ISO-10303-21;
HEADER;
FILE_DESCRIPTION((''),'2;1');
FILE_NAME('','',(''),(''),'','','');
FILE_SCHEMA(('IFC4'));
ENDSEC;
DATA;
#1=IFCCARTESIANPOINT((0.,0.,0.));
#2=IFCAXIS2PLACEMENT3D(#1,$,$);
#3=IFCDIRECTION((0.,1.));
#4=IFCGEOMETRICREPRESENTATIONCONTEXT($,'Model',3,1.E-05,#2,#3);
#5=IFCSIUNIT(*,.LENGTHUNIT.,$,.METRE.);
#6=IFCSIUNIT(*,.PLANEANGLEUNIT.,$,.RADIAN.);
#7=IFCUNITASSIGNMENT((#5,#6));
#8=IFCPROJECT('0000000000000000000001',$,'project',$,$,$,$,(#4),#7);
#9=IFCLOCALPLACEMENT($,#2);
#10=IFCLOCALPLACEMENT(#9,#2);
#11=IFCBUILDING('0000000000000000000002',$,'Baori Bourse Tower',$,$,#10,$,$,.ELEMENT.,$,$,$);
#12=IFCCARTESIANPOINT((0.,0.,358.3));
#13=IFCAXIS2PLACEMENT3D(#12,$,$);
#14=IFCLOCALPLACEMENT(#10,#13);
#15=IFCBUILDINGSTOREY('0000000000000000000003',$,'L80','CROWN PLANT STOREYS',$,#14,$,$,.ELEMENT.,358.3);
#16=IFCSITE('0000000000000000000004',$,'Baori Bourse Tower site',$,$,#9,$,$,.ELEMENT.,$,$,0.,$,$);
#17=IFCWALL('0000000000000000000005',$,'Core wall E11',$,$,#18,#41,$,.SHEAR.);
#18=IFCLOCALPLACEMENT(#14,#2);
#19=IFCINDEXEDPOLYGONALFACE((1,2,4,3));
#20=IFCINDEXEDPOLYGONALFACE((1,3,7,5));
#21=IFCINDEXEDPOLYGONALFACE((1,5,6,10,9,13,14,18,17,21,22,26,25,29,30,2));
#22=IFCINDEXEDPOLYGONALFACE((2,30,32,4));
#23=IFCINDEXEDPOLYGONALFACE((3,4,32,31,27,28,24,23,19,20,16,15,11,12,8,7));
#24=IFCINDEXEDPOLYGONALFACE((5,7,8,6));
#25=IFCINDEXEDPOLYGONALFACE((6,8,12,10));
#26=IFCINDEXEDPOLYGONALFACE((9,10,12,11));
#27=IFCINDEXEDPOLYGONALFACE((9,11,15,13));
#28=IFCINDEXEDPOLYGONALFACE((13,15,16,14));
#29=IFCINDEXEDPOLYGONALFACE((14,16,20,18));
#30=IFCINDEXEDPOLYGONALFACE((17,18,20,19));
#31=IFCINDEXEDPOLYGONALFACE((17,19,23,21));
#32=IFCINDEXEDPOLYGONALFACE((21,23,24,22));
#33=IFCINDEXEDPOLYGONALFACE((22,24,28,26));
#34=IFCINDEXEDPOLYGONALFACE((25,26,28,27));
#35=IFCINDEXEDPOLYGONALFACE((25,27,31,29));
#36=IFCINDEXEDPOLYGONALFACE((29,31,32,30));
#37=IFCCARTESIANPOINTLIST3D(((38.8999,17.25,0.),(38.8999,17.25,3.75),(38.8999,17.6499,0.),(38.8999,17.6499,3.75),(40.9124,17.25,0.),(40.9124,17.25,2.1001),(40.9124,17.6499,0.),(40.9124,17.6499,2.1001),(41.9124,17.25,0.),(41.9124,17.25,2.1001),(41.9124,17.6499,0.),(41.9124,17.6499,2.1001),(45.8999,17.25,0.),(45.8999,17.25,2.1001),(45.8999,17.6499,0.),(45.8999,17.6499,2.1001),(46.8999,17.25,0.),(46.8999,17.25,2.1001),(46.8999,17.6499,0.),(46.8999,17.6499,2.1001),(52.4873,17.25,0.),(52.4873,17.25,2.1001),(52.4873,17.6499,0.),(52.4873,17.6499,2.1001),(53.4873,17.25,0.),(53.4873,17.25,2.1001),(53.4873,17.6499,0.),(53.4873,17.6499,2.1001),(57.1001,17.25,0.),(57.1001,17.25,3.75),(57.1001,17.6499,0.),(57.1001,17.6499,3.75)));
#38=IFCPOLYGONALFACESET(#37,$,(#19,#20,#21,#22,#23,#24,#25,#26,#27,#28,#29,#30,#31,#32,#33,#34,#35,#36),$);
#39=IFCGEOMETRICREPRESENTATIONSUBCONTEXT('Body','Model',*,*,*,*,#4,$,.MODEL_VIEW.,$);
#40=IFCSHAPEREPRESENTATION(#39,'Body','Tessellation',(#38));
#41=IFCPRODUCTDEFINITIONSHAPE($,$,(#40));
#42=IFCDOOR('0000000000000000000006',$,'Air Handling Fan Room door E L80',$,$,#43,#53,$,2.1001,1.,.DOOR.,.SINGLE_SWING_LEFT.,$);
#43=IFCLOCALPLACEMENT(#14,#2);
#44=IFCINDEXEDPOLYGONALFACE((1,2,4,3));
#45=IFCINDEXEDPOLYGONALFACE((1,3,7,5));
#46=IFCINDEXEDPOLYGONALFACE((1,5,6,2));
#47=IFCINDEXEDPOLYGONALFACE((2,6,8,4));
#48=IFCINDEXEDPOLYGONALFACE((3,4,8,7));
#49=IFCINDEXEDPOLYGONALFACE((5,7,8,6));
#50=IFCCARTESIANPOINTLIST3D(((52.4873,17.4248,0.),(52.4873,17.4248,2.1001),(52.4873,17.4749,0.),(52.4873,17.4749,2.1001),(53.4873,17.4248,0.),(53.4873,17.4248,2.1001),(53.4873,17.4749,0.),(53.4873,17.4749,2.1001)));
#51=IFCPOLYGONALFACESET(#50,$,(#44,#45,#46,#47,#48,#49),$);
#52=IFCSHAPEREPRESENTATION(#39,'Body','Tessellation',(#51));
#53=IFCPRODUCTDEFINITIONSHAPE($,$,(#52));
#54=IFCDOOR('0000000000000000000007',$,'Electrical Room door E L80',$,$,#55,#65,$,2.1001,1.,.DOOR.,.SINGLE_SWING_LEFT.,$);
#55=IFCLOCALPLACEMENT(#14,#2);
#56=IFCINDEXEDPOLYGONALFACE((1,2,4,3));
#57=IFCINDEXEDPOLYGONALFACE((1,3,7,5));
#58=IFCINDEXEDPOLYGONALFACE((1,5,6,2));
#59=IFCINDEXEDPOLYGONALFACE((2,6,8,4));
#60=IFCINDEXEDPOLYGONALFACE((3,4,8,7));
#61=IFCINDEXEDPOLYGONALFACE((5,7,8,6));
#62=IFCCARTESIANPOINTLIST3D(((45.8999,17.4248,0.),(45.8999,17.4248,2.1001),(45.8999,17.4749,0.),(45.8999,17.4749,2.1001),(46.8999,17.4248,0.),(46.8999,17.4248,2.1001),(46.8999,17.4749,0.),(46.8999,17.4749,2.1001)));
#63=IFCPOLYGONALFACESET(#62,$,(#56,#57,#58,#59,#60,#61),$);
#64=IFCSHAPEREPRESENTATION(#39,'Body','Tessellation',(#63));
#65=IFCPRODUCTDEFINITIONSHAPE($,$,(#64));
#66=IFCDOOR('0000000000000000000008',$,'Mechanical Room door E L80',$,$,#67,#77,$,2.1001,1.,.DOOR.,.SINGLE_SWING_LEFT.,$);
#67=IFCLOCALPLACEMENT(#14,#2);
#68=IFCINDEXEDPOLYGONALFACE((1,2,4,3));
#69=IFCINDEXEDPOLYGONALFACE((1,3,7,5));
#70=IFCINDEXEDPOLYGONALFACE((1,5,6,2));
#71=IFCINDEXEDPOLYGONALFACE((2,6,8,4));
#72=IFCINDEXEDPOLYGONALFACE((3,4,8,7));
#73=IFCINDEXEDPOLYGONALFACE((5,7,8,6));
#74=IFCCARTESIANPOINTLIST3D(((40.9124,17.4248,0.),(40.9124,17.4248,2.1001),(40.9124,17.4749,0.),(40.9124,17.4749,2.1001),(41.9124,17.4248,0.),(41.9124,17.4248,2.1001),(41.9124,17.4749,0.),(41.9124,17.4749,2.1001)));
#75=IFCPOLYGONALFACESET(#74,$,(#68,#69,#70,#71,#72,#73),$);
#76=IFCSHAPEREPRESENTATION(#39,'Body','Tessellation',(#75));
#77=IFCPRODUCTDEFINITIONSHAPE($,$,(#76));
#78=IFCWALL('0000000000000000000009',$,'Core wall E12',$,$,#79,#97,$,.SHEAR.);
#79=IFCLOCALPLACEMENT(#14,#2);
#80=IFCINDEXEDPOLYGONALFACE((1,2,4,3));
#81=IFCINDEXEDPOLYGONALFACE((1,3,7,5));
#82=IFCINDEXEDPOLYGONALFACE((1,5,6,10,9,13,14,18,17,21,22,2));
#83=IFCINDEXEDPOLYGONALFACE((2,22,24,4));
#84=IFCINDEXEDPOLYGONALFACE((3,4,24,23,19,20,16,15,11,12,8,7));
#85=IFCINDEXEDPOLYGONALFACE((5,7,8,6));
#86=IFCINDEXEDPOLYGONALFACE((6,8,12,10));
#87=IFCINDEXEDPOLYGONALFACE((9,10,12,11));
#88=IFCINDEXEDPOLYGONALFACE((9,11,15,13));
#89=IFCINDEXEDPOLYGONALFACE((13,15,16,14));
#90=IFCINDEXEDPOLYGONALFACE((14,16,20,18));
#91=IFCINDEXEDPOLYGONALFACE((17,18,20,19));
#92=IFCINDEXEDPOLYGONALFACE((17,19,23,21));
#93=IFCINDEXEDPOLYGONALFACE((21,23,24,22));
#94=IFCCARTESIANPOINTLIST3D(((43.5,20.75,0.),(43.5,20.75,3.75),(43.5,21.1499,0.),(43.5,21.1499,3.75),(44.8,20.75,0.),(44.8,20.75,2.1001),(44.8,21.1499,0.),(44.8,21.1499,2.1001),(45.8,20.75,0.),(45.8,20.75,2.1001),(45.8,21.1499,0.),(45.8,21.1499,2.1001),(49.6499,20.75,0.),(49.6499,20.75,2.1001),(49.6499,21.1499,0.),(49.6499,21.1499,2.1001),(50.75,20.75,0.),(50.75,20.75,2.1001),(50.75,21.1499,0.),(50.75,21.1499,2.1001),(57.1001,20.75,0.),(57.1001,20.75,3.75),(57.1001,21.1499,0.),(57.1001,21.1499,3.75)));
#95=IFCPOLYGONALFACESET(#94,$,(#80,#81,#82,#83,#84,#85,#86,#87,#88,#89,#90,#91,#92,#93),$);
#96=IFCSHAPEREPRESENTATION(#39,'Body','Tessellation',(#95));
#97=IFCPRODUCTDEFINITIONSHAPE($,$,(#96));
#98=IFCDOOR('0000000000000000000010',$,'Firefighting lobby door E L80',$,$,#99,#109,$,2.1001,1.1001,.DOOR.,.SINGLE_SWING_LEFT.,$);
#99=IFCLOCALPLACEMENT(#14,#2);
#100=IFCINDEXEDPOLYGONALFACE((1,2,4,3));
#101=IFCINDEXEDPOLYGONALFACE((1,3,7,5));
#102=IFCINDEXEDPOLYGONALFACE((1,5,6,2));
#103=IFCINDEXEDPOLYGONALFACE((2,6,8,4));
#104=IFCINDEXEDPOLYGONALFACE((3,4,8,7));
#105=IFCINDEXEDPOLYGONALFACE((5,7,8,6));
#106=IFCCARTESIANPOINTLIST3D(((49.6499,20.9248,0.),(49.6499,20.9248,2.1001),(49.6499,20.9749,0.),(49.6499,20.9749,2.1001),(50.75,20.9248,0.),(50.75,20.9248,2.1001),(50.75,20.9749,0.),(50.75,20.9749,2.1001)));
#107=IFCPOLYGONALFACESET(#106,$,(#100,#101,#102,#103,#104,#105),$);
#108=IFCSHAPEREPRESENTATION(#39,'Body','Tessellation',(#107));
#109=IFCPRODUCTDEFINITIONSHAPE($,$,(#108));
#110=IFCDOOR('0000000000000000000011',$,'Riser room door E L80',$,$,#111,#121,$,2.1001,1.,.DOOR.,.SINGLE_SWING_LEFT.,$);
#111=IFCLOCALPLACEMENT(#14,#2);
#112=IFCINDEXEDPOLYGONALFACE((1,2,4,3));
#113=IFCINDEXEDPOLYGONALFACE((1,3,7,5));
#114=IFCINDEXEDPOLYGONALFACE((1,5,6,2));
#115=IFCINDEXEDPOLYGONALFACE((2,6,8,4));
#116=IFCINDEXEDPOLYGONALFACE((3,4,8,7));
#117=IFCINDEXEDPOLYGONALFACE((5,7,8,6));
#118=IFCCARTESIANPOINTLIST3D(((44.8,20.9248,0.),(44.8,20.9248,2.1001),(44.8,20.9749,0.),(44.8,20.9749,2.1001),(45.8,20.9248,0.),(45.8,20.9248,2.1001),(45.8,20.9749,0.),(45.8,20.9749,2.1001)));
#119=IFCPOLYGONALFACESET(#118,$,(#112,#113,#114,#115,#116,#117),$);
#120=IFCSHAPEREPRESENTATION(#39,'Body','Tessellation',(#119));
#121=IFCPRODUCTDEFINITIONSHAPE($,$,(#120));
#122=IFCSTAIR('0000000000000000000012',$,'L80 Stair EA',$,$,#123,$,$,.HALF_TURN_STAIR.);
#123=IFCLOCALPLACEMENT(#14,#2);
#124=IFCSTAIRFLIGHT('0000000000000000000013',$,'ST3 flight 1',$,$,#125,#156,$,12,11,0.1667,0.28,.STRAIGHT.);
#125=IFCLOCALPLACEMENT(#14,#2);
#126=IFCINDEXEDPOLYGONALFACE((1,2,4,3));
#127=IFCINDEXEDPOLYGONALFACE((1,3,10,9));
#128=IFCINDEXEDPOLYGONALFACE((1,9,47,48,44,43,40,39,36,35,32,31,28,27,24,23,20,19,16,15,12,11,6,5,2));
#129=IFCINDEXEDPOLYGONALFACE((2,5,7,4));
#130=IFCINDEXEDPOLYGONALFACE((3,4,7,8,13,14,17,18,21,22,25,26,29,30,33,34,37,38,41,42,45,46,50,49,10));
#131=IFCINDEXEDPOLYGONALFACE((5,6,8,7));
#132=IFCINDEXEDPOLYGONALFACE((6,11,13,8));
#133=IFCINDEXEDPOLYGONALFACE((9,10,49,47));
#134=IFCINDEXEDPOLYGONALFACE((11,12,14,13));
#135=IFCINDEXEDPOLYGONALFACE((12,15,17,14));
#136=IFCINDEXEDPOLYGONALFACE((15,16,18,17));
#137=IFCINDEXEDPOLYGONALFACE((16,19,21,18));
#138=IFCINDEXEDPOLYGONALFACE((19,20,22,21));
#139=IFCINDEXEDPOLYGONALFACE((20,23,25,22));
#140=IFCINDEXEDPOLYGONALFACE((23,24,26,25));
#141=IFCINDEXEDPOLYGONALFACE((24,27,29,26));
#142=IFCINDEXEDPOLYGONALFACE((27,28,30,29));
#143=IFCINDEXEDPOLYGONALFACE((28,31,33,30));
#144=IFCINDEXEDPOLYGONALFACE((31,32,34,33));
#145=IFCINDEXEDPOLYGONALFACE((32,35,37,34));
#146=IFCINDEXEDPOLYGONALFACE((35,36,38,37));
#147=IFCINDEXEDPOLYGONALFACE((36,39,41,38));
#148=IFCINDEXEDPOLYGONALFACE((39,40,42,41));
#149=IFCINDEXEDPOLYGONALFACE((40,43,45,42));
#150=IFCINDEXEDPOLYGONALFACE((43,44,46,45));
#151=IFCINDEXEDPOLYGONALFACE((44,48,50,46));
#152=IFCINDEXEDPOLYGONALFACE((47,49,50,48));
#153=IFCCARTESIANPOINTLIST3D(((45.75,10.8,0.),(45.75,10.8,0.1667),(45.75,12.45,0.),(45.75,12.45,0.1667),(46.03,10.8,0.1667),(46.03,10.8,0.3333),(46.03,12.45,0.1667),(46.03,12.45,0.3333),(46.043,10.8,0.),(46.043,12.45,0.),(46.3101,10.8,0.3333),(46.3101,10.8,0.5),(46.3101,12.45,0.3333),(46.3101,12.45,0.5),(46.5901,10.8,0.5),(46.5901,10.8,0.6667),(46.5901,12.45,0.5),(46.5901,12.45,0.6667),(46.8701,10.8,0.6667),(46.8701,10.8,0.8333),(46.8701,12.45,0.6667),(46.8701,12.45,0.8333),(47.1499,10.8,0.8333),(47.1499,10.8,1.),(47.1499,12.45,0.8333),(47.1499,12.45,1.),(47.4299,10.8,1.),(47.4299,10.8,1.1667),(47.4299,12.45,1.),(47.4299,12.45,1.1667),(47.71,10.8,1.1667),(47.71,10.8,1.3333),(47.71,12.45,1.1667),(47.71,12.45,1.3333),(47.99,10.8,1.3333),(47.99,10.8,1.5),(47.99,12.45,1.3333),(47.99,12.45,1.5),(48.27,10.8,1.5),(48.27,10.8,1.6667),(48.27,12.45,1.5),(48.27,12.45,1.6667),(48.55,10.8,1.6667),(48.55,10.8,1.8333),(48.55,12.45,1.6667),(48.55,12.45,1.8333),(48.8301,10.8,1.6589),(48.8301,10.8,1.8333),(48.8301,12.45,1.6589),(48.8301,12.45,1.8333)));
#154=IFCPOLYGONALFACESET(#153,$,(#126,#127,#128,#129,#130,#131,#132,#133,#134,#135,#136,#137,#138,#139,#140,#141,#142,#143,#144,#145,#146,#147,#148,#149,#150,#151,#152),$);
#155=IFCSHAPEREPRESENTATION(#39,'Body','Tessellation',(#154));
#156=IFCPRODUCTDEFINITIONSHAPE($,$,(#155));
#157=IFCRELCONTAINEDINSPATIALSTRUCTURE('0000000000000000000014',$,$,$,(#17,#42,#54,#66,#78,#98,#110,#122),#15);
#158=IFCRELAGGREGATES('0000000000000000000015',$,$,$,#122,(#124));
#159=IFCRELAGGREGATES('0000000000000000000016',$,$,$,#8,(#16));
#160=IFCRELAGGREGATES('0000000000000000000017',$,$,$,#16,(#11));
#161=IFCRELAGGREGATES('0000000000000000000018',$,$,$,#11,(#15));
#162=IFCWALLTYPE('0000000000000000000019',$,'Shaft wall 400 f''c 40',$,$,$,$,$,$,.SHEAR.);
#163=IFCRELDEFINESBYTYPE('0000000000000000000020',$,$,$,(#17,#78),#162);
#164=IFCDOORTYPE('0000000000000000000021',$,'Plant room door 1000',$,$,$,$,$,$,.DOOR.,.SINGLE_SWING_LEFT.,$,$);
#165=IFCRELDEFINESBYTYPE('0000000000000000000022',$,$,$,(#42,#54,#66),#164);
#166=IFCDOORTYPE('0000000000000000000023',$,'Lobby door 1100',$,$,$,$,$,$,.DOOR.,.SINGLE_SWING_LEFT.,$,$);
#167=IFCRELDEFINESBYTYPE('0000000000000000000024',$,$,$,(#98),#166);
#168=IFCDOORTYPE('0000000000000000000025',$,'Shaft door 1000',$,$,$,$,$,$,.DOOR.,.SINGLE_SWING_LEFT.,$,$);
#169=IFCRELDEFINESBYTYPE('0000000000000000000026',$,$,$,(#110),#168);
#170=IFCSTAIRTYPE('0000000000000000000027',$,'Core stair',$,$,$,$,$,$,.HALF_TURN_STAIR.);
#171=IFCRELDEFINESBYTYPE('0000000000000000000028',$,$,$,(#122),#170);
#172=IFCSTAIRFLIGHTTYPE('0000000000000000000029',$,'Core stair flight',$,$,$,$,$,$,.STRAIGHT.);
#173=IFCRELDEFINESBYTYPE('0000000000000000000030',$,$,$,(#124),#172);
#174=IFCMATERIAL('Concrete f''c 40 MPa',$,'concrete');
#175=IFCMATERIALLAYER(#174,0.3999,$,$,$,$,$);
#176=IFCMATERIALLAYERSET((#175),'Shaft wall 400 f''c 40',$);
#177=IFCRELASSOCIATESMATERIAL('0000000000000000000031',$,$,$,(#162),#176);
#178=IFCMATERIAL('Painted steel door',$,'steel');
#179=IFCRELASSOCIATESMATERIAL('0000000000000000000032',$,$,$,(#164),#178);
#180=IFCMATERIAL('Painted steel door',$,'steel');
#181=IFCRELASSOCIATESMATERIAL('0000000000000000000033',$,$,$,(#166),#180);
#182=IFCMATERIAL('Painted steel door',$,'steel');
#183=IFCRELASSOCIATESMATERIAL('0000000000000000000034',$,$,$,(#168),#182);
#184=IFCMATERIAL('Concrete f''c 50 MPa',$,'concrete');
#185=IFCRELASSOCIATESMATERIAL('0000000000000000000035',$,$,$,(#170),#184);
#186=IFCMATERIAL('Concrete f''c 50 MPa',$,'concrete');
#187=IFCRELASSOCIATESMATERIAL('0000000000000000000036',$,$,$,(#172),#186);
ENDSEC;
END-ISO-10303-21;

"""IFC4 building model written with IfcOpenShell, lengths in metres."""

from ifc_helpers import new_model, si_unit, direction, frame, frame_2d, origin, place, context, subcontext, project, spatial, polyline, rectangle, outline, extrude, material, layer, layer_set, type_object, element, fill, aggregate, save


model = new_model("IFC4")

# Units and contexts
model_context = context("Model", 3, precision=1e-05, world=origin(), true_north=direction((0.0, 1.0)))
body_context = subcontext(model_context, "Body", "Model", "MODEL_VIEW")
ifc_project = project(units=[si_unit("LENGTHUNIT", "METRE"), si_unit("PLANEANGLEUNIT", "RADIAN")], contexts=[model_context])

# Site, building, storey
site_placement = place(None, origin())
site = spatial("IfcSite", under=ifc_project, at=site_placement, Name="Baori Bourse Tower site", CompositionType="ELEMENT", RefElevation=0.0)
building_placement = place(site_placement, origin())
building = spatial("IfcBuilding", under=site, at=building_placement, Name="Baori Bourse Tower", CompositionType="ELEMENT")
storey_placement = place(building_placement, frame((0.0, 0.0, 358.3)))
storey = spatial("IfcBuildingStorey", under=building, at=storey_placement, Name="L80", Description="CROWN PLANT STOREYS", CompositionType="ELEMENT", Elevation=358.3)

# Shared definitions
ifc_material_1 = material(Name="Concrete f'c 40 MPa", Category="concrete")
ifc_layer_1 = layer(ifc_material_1, 0.3999)
ifc_layer_set_1 = layer_set([ifc_layer_1], Name="Shaft wall 400 f'c 40")
wall_type_1 = type_object("IfcWallType", Name="Shaft wall 400 f'c 40", PredefinedType="SHEAR", material=ifc_layer_set_1)

# Walls, openings, doors
wall_1_placement = place(storey_placement, frame((38.8999, 17.45, 0.0), z_axis=(0.0, 0.0, 1.0), x_axis=(1.0, 0.0, 0.0)))
wall_1 = element("IfcWall", 1, at=wall_1_placement, inside=storey, type_object=wall_type_1, Name="Core wall E11", PredefinedType="SHEAR", context=body_context, shape_type="SweptSolid", body=[
    extrude(rectangle(XDim=18.2002, YDim=0.3999, at=frame_2d((9.1001, 0.0))), origin(), (0.0, 0.0, 1.0), 3.75),
])
opening_1_placement = place(wall_1_placement, frame((13.5874, 0.0, 0.0)))
opening_1 = element("IfcOpeningElement", 2, at=opening_1_placement, cuts=wall_1, PredefinedType="OPENING", context=body_context, shape_type="SweptSolid", body=[
    extrude(rectangle(XDim=1.0, YDim=2.1001, at=frame_2d((0.5, 1.05))), frame((0.0, 0.21, 0.0), z_axis=(0.0, -1.0, 0.0), x_axis=(1.0, 0.0, 0.0)), (0.0, 0.0, 1.0), 0.4199),
])
opening_2_placement = place(wall_1_placement, frame((7.0, 0.0, 0.0)))
opening_2 = element("IfcOpeningElement", 3, at=opening_2_placement, cuts=wall_1, PredefinedType="OPENING", context=body_context, shape_type="SweptSolid", body=[
    extrude(rectangle(XDim=1.0, YDim=2.1001, at=frame_2d((0.5, 1.05))), frame((0.0, 0.21, 0.0), z_axis=(0.0, -1.0, 0.0), x_axis=(1.0, 0.0, 0.0)), (0.0, 0.0, 1.0), 0.4199),
])
opening_3_placement = place(wall_1_placement, frame((2.0125, 0.0, 0.0)))
opening_3 = element("IfcOpeningElement", 4, at=opening_3_placement, cuts=wall_1, PredefinedType="OPENING", context=body_context, shape_type="SweptSolid", body=[
    extrude(rectangle(XDim=1.0, YDim=2.1001, at=frame_2d((0.5, 1.05))), frame((0.0, 0.21, 0.0), z_axis=(0.0, -1.0, 0.0), x_axis=(1.0, 0.0, 0.0)), (0.0, 0.0, 1.0), 0.4199),
])
ifc_material_2 = material(Name="Painted steel door", Category="steel")
door_type_1 = type_object("IfcDoorType", Name="Plant room door 1000", OperationType="SINGLE_SWING_LEFT", PredefinedType="DOOR", material=ifc_material_2)
door_1_placement = place(opening_1_placement, origin())
door_1 = element("IfcDoor", 5, at=door_1_placement, inside=storey, type_object=door_type_1, Name="Air Handling Fan Room door E L80", OperationType="SINGLE_SWING_LEFT", OverallHeight=2.1001, OverallWidth=1.0, PredefinedType="DOOR", context=body_context, shape_type="SweptSolid", body=[
    extrude(rectangle(XDim=1.0, YDim=2.1001, at=frame_2d((0.5, 1.05))), frame((0.0, 0.0249, 0.0), z_axis=(0.0, -1.0, 0.0), x_axis=(1.0, 0.0, 0.0)), (0.0, 0.0, 1.0), 0.05),
])
fill(opening_1, door_1)
door_2_placement = place(opening_2_placement, origin())
door_2 = element("IfcDoor", 6, at=door_2_placement, inside=storey, type_object=door_type_1, Name="Electrical Room door E L80", OperationType="SINGLE_SWING_LEFT", OverallHeight=2.1001, OverallWidth=1.0, PredefinedType="DOOR", context=body_context, shape_type="SweptSolid", body=[
    extrude(rectangle(XDim=1.0, YDim=2.1001, at=frame_2d((0.5, 1.05))), frame((0.0, 0.0249, 0.0), z_axis=(0.0, -1.0, 0.0), x_axis=(1.0, 0.0, 0.0)), (0.0, 0.0, 1.0), 0.05),
])
fill(opening_2, door_2)
door_3_placement = place(opening_3_placement, origin())
door_3 = element("IfcDoor", 7, at=door_3_placement, inside=storey, type_object=door_type_1, Name="Mechanical Room door E L80", OperationType="SINGLE_SWING_LEFT", OverallHeight=2.1001, OverallWidth=1.0, PredefinedType="DOOR", context=body_context, shape_type="SweptSolid", body=[
    extrude(rectangle(XDim=1.0, YDim=2.1001, at=frame_2d((0.5, 1.05))), frame((0.0, 0.0249, 0.0), z_axis=(0.0, -1.0, 0.0), x_axis=(1.0, 0.0, 0.0)), (0.0, 0.0, 1.0), 0.05),
])
fill(opening_3, door_3)
wall_2_placement = place(storey_placement, frame((43.5, 20.95, 0.0), z_axis=(0.0, 0.0, 1.0), x_axis=(1.0, 0.0, 0.0)))
wall_2 = element("IfcWall", 8, at=wall_2_placement, inside=storey, type_object=wall_type_1, Name="Core wall E12", PredefinedType="SHEAR", context=body_context, shape_type="SweptSolid", body=[
    extrude(rectangle(XDim=13.6001, YDim=0.3999, at=frame_2d((6.8, 0.0))), origin(), (0.0, 0.0, 1.0), 3.75),
])
opening_4_placement = place(wall_2_placement, frame((6.1499, 0.0, 0.0)))
opening_4 = element("IfcOpeningElement", 9, at=opening_4_placement, cuts=wall_2, PredefinedType="OPENING", context=body_context, shape_type="SweptSolid", body=[
    extrude(rectangle(XDim=1.1001, YDim=2.1001, at=frame_2d((0.55, 1.05))), frame((0.0, 0.21, 0.0), z_axis=(0.0, -1.0, 0.0), x_axis=(1.0, 0.0, 0.0)), (0.0, 0.0, 1.0), 0.4199),
])
opening_5_placement = place(wall_2_placement, frame((1.3, 0.0, 0.0)))
opening_5 = element("IfcOpeningElement", 10, at=opening_5_placement, cuts=wall_2, PredefinedType="OPENING", context=body_context, shape_type="SweptSolid", body=[
    extrude(rectangle(XDim=1.0, YDim=2.1001, at=frame_2d((0.5, 1.05))), frame((0.0, 0.21, 0.0), z_axis=(0.0, -1.0, 0.0), x_axis=(1.0, 0.0, 0.0)), (0.0, 0.0, 1.0), 0.4199),
])
ifc_material_3 = material(Name="Painted steel door", Category="steel")
door_type_2 = type_object("IfcDoorType", Name="Lobby door 1100", OperationType="SINGLE_SWING_LEFT", PredefinedType="DOOR", material=ifc_material_3)
door_4_placement = place(opening_4_placement, origin())
door_4 = element("IfcDoor", 11, at=door_4_placement, inside=storey, type_object=door_type_2, Name="Firefighting lobby door E L80", OperationType="SINGLE_SWING_LEFT", OverallHeight=2.1001, OverallWidth=1.1001, PredefinedType="DOOR", context=body_context, shape_type="SweptSolid", body=[
    extrude(rectangle(XDim=1.1001, YDim=2.1001, at=frame_2d((0.55, 1.05))), frame((0.0, 0.0249, 0.0), z_axis=(0.0, -1.0, 0.0), x_axis=(1.0, 0.0, 0.0)), (0.0, 0.0, 1.0), 0.05),
])
fill(opening_4, door_4)
ifc_material_4 = material(Name="Painted steel door", Category="steel")
door_type_3 = type_object("IfcDoorType", Name="Shaft door 1000", OperationType="SINGLE_SWING_LEFT", PredefinedType="DOOR", material=ifc_material_4)
door_5_placement = place(opening_5_placement, origin())
door_5 = element("IfcDoor", 12, at=door_5_placement, inside=storey, type_object=door_type_3, Name="Riser room door E L80", OperationType="SINGLE_SWING_LEFT", OverallHeight=2.1001, OverallWidth=1.0, PredefinedType="DOOR", context=body_context, shape_type="SweptSolid", body=[
    extrude(rectangle(XDim=1.0, YDim=2.1001, at=frame_2d((0.5, 1.05))), frame((0.0, 0.0249, 0.0), z_axis=(0.0, -1.0, 0.0), x_axis=(1.0, 0.0, 0.0)), (0.0, 0.0, 1.0), 0.05),
])
fill(opening_5, door_5)

# Stair, stair flight
ifc_material_5 = material(Name="Concrete f'c 50 MPa", Category="concrete")
stair_type = type_object("IfcStairType", Name="Core stair", PredefinedType="HALF_TURN_STAIR", material=ifc_material_5)
stair_placement = place(storey_placement, origin())
stair = element("IfcStair", 13, at=stair_placement, inside=storey, type_object=stair_type, Name="L80 Stair EA", PredefinedType="HALF_TURN_STAIR")
ifc_material_6 = material(Name="Concrete f'c 50 MPa", Category="concrete")
stair_flight_type = type_object("IfcStairFlightType", Name="Core stair flight", PredefinedType="STRAIGHT", material=ifc_material_6)
stair_flight_1_placement = place(storey_placement, frame((45.75, 11.625, 0.0), z_axis=(0.0, 0.0, 1.0), x_axis=(1.0, 0.0, 0.0)))
stair_flight_1 = element("IfcStairFlight", 14, at=stair_flight_1_placement, type_object=stair_flight_type, Name="ST3 flight 1", NumberOfRisers=12, NumberOfTreads=11, PredefinedType="STRAIGHT", RiserHeight=0.1667, TreadLength=0.28, context=body_context, shape_type="SweptSolid", body=[
    extrude(outline(polyline([(0.0, 0.0), (0.0, 0.1667), (0.28, 0.1667), (0.28, 0.3333), (0.5601, 0.3333), (0.5601, 0.5), (0.8401, 0.5), (0.8401, 0.6667), (1.1201, 0.6667), (1.1201, 0.8333), (1.3999, 0.8333), (1.3999, 1.0), (1.6799, 1.0), (1.6799, 1.1667), (1.96, 1.1667), (1.96, 1.3333), (2.24, 1.3333), (2.24, 1.5), (2.52, 1.5), (2.52, 1.6667), (2.8, 1.6667), (2.8, 1.8333), (3.0801, 1.8333), (3.0801, 2.0), (3.0801, 1.6589), (0.293, 0.0), (0.0, 0.0)])), frame((0.0, 0.825, 0.0), z_axis=(0.0, -1.0, 0.0), x_axis=(1.0, 0.0, 0.0)), (0.0, 0.0, 1.0), 1.6499),
])
aggregate(stair, [stair_flight_1])

save(model, "model.ifc")
